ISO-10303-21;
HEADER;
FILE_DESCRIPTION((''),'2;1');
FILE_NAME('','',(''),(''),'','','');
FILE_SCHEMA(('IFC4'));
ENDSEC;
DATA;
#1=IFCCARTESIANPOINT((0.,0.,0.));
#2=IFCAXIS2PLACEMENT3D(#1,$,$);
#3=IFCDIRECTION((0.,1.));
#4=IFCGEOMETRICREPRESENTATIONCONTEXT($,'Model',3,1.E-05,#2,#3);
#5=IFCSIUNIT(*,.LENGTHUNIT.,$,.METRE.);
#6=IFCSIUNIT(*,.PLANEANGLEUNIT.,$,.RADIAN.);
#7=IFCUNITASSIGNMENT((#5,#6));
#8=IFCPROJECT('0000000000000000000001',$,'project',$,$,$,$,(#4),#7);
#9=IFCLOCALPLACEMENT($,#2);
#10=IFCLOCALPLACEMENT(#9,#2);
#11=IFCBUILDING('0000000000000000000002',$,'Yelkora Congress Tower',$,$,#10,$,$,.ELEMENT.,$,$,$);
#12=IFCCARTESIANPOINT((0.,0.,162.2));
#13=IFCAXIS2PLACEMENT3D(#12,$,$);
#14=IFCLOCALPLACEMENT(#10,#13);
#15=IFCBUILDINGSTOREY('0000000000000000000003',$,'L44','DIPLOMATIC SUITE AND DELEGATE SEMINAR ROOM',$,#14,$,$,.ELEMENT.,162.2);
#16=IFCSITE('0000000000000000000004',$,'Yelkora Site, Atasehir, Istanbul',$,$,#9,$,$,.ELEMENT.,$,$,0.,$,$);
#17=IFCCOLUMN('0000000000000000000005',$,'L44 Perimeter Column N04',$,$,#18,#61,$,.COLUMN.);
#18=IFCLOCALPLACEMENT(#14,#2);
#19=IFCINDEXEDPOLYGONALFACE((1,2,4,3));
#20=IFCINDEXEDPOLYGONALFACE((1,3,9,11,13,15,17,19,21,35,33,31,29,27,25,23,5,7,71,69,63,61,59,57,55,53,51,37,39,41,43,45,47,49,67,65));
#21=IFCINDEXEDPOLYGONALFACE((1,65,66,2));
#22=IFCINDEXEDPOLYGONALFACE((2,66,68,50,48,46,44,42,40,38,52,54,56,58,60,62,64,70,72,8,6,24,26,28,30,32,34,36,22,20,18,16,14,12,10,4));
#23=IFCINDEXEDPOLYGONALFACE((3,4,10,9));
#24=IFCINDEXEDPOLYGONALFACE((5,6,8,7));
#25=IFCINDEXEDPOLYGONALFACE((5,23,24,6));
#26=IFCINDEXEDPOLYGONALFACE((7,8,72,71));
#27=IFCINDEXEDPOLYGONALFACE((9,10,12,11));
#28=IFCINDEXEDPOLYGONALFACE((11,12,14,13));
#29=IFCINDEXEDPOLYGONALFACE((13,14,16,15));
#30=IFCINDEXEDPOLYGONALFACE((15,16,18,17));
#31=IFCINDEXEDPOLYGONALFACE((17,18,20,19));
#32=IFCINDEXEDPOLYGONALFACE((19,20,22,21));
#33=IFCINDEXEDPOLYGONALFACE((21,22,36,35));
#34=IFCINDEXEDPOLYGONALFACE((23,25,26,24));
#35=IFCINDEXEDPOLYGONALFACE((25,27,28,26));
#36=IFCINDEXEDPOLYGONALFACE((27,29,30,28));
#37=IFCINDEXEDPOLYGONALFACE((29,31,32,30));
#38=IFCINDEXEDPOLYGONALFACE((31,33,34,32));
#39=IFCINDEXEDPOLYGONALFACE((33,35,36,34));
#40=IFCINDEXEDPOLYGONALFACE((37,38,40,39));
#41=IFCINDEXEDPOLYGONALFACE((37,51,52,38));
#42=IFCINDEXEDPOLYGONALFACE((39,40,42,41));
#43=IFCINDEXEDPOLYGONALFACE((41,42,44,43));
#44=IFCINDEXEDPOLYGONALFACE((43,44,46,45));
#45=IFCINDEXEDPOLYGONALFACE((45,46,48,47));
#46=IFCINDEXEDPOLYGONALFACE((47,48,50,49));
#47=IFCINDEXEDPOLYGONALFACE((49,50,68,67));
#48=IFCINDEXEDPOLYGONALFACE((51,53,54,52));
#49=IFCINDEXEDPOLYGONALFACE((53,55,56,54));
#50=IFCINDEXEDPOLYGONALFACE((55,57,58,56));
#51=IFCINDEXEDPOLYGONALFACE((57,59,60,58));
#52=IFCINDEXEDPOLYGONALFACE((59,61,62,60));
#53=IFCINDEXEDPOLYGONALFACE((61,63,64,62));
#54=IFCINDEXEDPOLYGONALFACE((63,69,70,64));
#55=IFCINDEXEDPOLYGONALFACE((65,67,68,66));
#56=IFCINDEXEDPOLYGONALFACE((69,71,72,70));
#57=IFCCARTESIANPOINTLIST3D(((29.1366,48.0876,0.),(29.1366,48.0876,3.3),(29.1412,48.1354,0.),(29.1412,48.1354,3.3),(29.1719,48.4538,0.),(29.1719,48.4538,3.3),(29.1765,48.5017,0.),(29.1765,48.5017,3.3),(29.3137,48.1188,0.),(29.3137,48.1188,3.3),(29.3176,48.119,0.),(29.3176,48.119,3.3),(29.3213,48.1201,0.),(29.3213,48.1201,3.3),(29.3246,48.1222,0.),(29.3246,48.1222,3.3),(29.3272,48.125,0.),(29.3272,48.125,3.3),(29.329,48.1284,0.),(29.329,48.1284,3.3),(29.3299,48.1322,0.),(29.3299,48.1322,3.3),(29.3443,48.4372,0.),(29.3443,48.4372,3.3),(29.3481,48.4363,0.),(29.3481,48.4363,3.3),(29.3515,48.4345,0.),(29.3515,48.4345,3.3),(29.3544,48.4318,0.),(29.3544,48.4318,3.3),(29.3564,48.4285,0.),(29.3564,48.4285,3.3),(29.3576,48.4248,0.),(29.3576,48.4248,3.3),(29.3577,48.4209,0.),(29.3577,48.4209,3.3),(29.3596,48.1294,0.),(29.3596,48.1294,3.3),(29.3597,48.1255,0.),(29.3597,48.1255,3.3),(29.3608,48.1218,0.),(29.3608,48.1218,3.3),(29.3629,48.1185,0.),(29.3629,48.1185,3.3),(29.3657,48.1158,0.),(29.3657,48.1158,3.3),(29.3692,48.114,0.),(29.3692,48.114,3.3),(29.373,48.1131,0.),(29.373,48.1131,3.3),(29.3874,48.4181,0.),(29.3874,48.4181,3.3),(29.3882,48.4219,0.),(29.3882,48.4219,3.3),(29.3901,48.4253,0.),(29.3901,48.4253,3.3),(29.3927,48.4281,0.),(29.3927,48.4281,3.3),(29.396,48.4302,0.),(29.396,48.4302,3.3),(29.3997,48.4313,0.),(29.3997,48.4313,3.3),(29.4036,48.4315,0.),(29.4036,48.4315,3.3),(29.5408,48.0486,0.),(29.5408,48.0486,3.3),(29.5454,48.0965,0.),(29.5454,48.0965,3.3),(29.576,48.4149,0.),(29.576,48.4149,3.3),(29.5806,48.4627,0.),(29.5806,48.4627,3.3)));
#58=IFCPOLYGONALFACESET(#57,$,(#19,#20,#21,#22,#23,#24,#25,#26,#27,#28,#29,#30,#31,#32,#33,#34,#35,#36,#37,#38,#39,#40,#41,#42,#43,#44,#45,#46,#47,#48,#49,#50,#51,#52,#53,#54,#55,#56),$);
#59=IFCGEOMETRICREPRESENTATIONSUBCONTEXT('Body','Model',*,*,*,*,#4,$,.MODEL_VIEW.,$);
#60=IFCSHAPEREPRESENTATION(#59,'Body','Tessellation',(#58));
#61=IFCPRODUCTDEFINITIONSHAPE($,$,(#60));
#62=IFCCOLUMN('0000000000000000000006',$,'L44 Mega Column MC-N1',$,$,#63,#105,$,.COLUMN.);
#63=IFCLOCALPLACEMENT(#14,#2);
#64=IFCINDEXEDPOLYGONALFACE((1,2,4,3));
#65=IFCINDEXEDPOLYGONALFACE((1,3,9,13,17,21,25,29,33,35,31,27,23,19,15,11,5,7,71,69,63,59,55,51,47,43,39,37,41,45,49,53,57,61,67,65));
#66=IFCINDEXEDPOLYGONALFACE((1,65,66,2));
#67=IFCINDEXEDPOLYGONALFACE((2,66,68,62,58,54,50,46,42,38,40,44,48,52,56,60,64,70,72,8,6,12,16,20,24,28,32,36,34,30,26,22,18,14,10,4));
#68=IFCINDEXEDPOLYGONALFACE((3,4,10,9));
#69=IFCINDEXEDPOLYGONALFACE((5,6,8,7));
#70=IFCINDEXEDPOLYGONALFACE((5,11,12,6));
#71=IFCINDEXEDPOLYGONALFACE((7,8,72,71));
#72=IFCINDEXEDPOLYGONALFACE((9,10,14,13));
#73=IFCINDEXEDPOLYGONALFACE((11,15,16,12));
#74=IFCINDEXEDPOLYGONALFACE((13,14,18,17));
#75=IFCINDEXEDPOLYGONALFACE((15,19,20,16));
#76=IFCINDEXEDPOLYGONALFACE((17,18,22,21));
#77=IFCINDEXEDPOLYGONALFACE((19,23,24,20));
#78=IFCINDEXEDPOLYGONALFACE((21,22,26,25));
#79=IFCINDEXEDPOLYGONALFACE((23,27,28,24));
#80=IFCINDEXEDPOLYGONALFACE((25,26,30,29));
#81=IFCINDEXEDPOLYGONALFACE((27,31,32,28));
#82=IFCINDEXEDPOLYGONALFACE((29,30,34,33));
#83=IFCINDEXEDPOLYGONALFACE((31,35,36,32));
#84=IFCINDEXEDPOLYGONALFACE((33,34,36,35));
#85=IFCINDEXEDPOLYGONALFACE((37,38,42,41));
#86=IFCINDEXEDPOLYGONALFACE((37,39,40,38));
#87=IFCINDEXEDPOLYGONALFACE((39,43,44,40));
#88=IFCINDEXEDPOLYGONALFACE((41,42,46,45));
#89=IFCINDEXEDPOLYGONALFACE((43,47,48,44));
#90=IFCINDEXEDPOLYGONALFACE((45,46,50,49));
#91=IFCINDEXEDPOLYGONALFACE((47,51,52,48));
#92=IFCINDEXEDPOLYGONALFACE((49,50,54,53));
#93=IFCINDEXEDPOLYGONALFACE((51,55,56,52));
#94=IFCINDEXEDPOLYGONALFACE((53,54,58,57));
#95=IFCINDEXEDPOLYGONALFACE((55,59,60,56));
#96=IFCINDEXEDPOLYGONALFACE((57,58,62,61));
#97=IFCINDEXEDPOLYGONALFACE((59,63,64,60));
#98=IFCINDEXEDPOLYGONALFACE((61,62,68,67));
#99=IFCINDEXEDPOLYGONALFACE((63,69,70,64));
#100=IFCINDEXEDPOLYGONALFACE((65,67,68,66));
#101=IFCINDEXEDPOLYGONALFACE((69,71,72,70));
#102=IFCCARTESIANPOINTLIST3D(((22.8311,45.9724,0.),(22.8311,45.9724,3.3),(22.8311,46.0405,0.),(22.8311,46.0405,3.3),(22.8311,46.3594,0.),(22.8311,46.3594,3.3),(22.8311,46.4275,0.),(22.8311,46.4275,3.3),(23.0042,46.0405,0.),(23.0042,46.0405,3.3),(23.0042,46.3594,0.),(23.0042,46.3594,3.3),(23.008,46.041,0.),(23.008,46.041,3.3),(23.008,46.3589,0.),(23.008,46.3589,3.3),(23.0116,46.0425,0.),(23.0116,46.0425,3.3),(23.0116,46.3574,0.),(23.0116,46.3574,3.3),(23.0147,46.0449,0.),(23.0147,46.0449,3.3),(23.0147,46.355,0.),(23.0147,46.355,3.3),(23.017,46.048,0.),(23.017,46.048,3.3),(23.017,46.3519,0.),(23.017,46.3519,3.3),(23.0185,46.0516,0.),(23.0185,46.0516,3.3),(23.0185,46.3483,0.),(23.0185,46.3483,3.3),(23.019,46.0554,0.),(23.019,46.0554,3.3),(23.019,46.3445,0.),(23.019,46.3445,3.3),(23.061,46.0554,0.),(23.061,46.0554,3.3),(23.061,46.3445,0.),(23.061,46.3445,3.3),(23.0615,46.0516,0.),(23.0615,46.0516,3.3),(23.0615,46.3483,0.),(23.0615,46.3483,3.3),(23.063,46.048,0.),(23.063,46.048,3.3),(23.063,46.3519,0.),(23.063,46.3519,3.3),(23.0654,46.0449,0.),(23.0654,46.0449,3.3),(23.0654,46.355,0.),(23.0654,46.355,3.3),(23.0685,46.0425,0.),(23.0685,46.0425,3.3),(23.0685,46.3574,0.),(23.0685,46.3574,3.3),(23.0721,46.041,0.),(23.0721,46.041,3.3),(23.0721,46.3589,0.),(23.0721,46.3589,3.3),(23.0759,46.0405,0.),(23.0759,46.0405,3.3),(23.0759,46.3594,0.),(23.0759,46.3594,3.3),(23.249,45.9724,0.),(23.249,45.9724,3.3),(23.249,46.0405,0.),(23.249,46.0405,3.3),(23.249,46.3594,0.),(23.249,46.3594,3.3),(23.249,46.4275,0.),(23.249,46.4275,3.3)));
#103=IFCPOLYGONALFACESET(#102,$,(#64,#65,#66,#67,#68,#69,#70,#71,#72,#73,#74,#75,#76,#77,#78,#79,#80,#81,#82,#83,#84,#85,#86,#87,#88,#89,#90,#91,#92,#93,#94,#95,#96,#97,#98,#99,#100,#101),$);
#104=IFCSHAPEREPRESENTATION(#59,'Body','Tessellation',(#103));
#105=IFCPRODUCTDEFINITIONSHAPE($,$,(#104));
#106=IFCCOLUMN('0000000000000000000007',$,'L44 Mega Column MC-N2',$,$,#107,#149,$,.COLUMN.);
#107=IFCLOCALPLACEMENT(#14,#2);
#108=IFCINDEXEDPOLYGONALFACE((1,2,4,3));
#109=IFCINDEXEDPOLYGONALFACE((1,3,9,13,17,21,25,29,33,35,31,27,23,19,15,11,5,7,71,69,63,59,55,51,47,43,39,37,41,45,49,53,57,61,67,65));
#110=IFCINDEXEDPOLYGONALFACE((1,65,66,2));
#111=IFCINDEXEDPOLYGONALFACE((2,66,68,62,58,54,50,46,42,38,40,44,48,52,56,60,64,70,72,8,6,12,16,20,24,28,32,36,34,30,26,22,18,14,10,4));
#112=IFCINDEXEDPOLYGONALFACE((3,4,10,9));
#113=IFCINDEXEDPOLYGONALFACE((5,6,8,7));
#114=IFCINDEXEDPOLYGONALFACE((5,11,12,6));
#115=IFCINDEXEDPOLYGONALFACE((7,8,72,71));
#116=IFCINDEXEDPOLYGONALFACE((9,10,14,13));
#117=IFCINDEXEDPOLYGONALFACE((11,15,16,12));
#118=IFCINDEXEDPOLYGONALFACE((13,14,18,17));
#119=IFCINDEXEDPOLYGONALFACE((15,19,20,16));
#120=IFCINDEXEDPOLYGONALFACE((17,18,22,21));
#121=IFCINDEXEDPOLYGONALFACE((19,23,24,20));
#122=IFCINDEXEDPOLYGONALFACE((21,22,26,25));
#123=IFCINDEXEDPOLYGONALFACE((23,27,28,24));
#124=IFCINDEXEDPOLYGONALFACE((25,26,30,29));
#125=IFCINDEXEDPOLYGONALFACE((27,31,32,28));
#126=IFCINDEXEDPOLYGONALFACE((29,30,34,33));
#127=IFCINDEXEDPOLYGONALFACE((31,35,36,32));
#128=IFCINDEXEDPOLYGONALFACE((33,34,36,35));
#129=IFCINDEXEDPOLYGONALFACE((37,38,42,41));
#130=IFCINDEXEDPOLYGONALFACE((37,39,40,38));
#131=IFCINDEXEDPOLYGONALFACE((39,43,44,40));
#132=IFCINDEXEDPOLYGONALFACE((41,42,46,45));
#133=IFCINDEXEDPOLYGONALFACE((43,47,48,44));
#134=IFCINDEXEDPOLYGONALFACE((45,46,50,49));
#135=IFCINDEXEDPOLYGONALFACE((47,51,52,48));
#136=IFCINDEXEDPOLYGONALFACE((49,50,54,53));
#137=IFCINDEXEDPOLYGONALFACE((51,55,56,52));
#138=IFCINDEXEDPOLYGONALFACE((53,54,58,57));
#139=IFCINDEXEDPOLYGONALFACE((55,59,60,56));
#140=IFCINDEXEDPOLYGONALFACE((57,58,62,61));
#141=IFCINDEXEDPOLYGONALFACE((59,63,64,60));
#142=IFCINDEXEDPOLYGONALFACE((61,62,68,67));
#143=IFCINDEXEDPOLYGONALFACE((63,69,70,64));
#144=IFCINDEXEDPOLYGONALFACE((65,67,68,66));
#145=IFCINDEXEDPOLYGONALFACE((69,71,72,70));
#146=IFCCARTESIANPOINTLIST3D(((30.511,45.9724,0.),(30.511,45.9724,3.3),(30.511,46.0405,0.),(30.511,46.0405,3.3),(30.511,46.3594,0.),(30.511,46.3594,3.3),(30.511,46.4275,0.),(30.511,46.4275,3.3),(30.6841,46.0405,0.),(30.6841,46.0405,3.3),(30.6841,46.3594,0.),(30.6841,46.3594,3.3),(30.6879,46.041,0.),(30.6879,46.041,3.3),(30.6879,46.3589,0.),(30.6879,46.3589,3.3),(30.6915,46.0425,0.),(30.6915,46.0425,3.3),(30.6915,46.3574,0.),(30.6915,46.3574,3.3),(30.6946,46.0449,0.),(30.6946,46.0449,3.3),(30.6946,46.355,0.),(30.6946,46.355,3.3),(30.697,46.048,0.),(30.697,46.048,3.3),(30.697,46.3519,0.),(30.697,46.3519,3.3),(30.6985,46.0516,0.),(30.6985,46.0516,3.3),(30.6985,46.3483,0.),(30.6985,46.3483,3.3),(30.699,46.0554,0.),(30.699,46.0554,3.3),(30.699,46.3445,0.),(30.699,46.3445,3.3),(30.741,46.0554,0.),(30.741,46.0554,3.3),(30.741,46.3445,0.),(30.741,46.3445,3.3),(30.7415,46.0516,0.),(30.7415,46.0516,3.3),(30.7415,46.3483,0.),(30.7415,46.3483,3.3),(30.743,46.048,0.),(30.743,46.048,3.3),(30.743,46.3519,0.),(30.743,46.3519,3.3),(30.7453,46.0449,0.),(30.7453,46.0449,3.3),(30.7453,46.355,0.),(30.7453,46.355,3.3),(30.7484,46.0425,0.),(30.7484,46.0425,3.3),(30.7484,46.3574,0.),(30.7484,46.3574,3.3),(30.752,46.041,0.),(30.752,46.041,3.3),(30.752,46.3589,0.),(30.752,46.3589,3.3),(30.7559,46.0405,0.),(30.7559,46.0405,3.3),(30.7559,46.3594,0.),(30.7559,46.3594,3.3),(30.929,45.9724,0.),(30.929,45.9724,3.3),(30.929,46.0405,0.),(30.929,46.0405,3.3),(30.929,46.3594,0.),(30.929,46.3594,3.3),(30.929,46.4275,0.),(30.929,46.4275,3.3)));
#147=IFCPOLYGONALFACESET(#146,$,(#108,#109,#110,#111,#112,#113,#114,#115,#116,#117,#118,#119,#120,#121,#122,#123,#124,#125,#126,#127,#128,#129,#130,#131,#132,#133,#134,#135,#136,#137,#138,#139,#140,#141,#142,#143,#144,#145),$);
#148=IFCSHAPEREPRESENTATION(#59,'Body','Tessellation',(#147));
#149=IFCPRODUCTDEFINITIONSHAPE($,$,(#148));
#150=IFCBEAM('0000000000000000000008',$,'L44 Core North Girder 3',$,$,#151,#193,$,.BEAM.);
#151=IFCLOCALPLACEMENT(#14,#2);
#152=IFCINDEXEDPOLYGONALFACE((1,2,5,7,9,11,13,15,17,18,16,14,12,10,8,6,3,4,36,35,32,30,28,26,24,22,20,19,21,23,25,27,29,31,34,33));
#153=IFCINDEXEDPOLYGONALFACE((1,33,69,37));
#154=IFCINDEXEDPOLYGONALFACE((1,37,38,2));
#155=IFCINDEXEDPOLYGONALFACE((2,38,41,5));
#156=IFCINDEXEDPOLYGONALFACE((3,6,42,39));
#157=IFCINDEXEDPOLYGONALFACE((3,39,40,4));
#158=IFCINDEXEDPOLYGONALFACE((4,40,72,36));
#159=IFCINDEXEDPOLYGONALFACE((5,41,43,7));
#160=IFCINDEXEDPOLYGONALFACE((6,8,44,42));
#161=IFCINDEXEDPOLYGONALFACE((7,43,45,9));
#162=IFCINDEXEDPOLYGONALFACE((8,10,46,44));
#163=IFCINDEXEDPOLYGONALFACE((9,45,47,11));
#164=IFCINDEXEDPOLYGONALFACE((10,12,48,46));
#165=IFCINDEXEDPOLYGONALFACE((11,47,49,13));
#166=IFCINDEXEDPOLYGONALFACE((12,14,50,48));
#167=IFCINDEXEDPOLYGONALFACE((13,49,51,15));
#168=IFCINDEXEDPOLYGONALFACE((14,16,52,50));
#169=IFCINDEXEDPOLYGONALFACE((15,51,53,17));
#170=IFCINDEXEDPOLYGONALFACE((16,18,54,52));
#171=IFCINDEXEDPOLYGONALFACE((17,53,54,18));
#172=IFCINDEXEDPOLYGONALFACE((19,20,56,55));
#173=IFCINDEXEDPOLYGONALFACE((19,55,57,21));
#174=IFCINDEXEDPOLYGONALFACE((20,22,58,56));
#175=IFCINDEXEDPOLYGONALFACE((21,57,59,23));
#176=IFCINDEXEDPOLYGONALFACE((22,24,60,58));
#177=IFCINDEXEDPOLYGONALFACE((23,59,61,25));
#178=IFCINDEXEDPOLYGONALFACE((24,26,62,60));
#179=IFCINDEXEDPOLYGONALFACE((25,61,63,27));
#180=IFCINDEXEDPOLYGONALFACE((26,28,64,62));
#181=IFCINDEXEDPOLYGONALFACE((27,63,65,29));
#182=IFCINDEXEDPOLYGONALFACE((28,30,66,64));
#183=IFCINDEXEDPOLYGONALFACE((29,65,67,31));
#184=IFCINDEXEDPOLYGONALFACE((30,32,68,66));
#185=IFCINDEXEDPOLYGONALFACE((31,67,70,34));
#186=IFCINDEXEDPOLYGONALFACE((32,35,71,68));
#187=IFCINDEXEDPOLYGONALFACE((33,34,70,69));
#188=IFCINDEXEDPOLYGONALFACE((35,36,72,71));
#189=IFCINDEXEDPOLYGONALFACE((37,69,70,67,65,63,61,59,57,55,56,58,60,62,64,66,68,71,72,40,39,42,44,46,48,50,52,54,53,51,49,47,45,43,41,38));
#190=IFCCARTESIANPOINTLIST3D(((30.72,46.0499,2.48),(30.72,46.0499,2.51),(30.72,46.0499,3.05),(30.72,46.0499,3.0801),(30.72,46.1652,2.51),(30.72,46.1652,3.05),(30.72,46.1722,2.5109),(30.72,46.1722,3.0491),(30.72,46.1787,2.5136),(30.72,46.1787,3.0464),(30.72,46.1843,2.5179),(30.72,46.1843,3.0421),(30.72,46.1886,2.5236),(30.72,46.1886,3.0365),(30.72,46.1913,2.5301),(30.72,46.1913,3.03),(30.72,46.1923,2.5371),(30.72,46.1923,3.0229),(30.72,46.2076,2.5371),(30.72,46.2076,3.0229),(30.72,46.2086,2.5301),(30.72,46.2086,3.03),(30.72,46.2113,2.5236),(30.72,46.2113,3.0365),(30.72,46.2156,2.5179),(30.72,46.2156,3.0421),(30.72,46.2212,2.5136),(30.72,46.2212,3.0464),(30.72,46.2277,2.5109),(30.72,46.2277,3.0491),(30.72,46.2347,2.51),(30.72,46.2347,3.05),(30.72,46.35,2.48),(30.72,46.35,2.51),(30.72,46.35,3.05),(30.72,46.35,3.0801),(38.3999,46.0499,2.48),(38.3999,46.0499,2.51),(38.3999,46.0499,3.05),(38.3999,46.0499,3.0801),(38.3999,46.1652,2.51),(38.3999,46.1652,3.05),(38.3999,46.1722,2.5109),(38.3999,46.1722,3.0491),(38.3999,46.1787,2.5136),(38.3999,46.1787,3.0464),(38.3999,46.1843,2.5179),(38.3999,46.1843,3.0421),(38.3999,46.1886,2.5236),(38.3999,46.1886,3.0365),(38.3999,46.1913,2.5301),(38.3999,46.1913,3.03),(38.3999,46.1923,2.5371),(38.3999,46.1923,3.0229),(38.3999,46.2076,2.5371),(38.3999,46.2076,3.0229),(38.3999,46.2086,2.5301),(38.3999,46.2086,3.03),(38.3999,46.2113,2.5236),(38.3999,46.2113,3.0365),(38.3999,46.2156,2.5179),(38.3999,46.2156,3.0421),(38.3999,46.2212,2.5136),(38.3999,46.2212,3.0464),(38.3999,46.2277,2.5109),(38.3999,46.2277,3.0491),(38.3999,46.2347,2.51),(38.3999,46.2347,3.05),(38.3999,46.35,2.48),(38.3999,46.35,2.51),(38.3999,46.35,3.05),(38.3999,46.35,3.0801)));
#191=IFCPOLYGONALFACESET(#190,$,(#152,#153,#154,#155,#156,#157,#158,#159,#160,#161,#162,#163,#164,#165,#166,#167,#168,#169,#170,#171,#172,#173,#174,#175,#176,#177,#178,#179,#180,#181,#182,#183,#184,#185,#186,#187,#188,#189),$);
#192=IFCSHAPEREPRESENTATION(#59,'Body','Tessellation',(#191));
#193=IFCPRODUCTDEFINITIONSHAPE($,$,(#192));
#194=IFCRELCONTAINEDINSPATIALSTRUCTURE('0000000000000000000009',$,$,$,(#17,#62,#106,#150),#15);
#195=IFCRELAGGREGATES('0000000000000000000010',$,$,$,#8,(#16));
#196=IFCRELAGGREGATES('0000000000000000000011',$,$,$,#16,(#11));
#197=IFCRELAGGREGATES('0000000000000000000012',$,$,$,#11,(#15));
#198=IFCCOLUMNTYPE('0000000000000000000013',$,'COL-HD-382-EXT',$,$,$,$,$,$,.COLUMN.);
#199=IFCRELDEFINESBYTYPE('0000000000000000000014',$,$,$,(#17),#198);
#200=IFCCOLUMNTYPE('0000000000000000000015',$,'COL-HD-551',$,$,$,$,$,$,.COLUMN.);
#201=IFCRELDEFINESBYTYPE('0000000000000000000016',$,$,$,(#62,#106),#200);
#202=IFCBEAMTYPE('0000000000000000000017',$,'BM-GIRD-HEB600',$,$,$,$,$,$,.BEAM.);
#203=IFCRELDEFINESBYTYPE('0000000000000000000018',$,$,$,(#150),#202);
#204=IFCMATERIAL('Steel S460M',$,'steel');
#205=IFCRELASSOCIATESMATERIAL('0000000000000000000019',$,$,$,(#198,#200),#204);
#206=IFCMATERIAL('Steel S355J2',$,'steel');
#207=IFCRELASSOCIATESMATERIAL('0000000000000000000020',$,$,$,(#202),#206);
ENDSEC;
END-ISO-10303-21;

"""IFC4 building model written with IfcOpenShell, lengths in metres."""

from ifc_helpers import new_model, si_unit, direction, frame, origin, origin_2d, place, context, subcontext, project, spatial, i_section, extrude, material, material_profile, profile_set, type_object, element, save


model = new_model("IFC4")

# Units and contexts
model_context = context("Model", 3, precision=1e-05, world=origin(), true_north=direction((0.0, 1.0)))
body_context = subcontext(model_context, "Body", "Model", "MODEL_VIEW")
ifc_project = project(units=[si_unit("LENGTHUNIT", "METRE"), si_unit("PLANEANGLEUNIT", "RADIAN")], contexts=[model_context])

# Site, building, storey
site_placement = place(None, origin())
site = spatial("IfcSite", under=ifc_project, at=site_placement, Name="Yelkora Site, Atasehir, Istanbul", CompositionType="ELEMENT", RefElevation=0.0)
building_placement = place(site_placement, origin())
building = spatial("IfcBuilding", under=site, at=building_placement, Name="Yelkora Congress Tower", CompositionType="ELEMENT")
storey_placement = place(building_placement, frame((0.0, 0.0, 162.2)))
storey = spatial("IfcBuildingStorey", under=building, at=storey_placement, Name="L44", Description="DIPLOMATIC SUITE AND DELEGATE SEMINAR ROOM", CompositionType="ELEMENT", Elevation=162.2)

# Columns
ifc_material_1 = material(Name="Steel S460M", Category="steel")
ifc_material_profile_1 = material_profile(ifc_material_1, i_section(OverallWidth=0.406, OverallDepth=0.416, WebThickness=0.0298, FlangeThickness=0.0481, FilletRadius=0.0149, at=origin_2d()), Name="HD 400x382")
ifc_profile_set_1 = profile_set([ifc_material_profile_1], Name="Steel S460M")
column_type_1 = type_object("IfcColumnType", Name="COL-HD-382-EXT", PredefinedType="COLUMN", material=ifc_profile_set_1)
column_placement = place(storey_placement, frame((29.3586, 48.2751, 0.0), z_axis=(0.0, 0.0, 1.0), x_axis=(0.995396, -0.095846, 0.0)))
element("IfcColumn", 1, at=column_placement, inside=storey, type_object=column_type_1, Name="L44 Perimeter Column N04", PredefinedType="COLUMN", context=body_context, shape_type="SweptSolid", body=[
    extrude(i_section(OverallWidth=0.406, OverallDepth=0.416, WebThickness=0.0298, FlangeThickness=0.0481, FilletRadius=0.0149, at=origin_2d()), origin(), (0.0, 0.0, 1.0), 3.3),
])
ifc_material_profile_2 = material_profile(ifc_material_1, i_section(OverallWidth=0.418, OverallDepth=0.4551, WebThickness=0.042, FlangeThickness=0.0681, FilletRadius=0.0149, at=origin_2d()), Name="HD 400x551")
ifc_profile_set_2 = profile_set([ifc_material_profile_2], Name="Steel S460M")
column_type_2 = type_object("IfcColumnType", Name="COL-HD-551", PredefinedType="COLUMN", material=ifc_profile_set_2)
for number, where, z_axis, x_axis, name in (
    (2, (23.04, 46.2, 0.0), (0.0, 0.0, 1.0), (1.0, 0.0, 0.0), "L44 Mega Column MC-N1"),
    (3, (30.72, 46.2, 0.0), (0.0, 0.0, 1.0), (1.0, 0.0, 0.0), "L44 Mega Column MC-N2"),
):
    element("IfcColumn", number, at=place(storey_placement, frame(where, z_axis=z_axis, x_axis=x_axis)), inside=storey, type_object=column_type_2, Name=name, PredefinedType="COLUMN", context=body_context, shape_type="SweptSolid", body=[
        extrude(i_section(OverallWidth=0.418, OverallDepth=0.4551, WebThickness=0.042, FlangeThickness=0.0681, FilletRadius=0.0149, at=origin_2d()), origin(), (0.0, 0.0, 1.0), 3.3),
    ])

# Beam
ifc_material_2 = material(Name="Steel S355J2", Category="steel")
ifc_material_profile_3 = material_profile(ifc_material_2, i_section(OverallWidth=0.3, OverallDepth=0.6001, WebThickness=0.0154, FlangeThickness=0.03, FilletRadius=0.0271, at=origin_2d()), Name="HEB 600")
ifc_profile_set_3 = profile_set([ifc_material_profile_3], Name="Steel S355J2")
beam_type_1 = type_object("IfcBeamType", Name="BM-GIRD-HEB600", PredefinedType="BEAM", material=ifc_profile_set_3)
beam_1_placement = place(storey_placement, frame((30.72, 46.2, 2.78), z_axis=(1.0, 0.0, 0.0), x_axis=(0.0, 1.0, 0.0)))
element("IfcBeam", 4, at=beam_1_placement, inside=storey, type_object=beam_type_1, Name="L44 Core North Girder 3", PredefinedType="BEAM", context=body_context, shape_type="SweptSolid", body=[
    extrude(i_section(OverallWidth=0.3, OverallDepth=0.6001, WebThickness=0.0154, FlangeThickness=0.03, FilletRadius=0.0271, at=origin_2d()), origin(), (0.0, 0.0, 1.0), 7.6799),
])

save(model, "model.ifc")
